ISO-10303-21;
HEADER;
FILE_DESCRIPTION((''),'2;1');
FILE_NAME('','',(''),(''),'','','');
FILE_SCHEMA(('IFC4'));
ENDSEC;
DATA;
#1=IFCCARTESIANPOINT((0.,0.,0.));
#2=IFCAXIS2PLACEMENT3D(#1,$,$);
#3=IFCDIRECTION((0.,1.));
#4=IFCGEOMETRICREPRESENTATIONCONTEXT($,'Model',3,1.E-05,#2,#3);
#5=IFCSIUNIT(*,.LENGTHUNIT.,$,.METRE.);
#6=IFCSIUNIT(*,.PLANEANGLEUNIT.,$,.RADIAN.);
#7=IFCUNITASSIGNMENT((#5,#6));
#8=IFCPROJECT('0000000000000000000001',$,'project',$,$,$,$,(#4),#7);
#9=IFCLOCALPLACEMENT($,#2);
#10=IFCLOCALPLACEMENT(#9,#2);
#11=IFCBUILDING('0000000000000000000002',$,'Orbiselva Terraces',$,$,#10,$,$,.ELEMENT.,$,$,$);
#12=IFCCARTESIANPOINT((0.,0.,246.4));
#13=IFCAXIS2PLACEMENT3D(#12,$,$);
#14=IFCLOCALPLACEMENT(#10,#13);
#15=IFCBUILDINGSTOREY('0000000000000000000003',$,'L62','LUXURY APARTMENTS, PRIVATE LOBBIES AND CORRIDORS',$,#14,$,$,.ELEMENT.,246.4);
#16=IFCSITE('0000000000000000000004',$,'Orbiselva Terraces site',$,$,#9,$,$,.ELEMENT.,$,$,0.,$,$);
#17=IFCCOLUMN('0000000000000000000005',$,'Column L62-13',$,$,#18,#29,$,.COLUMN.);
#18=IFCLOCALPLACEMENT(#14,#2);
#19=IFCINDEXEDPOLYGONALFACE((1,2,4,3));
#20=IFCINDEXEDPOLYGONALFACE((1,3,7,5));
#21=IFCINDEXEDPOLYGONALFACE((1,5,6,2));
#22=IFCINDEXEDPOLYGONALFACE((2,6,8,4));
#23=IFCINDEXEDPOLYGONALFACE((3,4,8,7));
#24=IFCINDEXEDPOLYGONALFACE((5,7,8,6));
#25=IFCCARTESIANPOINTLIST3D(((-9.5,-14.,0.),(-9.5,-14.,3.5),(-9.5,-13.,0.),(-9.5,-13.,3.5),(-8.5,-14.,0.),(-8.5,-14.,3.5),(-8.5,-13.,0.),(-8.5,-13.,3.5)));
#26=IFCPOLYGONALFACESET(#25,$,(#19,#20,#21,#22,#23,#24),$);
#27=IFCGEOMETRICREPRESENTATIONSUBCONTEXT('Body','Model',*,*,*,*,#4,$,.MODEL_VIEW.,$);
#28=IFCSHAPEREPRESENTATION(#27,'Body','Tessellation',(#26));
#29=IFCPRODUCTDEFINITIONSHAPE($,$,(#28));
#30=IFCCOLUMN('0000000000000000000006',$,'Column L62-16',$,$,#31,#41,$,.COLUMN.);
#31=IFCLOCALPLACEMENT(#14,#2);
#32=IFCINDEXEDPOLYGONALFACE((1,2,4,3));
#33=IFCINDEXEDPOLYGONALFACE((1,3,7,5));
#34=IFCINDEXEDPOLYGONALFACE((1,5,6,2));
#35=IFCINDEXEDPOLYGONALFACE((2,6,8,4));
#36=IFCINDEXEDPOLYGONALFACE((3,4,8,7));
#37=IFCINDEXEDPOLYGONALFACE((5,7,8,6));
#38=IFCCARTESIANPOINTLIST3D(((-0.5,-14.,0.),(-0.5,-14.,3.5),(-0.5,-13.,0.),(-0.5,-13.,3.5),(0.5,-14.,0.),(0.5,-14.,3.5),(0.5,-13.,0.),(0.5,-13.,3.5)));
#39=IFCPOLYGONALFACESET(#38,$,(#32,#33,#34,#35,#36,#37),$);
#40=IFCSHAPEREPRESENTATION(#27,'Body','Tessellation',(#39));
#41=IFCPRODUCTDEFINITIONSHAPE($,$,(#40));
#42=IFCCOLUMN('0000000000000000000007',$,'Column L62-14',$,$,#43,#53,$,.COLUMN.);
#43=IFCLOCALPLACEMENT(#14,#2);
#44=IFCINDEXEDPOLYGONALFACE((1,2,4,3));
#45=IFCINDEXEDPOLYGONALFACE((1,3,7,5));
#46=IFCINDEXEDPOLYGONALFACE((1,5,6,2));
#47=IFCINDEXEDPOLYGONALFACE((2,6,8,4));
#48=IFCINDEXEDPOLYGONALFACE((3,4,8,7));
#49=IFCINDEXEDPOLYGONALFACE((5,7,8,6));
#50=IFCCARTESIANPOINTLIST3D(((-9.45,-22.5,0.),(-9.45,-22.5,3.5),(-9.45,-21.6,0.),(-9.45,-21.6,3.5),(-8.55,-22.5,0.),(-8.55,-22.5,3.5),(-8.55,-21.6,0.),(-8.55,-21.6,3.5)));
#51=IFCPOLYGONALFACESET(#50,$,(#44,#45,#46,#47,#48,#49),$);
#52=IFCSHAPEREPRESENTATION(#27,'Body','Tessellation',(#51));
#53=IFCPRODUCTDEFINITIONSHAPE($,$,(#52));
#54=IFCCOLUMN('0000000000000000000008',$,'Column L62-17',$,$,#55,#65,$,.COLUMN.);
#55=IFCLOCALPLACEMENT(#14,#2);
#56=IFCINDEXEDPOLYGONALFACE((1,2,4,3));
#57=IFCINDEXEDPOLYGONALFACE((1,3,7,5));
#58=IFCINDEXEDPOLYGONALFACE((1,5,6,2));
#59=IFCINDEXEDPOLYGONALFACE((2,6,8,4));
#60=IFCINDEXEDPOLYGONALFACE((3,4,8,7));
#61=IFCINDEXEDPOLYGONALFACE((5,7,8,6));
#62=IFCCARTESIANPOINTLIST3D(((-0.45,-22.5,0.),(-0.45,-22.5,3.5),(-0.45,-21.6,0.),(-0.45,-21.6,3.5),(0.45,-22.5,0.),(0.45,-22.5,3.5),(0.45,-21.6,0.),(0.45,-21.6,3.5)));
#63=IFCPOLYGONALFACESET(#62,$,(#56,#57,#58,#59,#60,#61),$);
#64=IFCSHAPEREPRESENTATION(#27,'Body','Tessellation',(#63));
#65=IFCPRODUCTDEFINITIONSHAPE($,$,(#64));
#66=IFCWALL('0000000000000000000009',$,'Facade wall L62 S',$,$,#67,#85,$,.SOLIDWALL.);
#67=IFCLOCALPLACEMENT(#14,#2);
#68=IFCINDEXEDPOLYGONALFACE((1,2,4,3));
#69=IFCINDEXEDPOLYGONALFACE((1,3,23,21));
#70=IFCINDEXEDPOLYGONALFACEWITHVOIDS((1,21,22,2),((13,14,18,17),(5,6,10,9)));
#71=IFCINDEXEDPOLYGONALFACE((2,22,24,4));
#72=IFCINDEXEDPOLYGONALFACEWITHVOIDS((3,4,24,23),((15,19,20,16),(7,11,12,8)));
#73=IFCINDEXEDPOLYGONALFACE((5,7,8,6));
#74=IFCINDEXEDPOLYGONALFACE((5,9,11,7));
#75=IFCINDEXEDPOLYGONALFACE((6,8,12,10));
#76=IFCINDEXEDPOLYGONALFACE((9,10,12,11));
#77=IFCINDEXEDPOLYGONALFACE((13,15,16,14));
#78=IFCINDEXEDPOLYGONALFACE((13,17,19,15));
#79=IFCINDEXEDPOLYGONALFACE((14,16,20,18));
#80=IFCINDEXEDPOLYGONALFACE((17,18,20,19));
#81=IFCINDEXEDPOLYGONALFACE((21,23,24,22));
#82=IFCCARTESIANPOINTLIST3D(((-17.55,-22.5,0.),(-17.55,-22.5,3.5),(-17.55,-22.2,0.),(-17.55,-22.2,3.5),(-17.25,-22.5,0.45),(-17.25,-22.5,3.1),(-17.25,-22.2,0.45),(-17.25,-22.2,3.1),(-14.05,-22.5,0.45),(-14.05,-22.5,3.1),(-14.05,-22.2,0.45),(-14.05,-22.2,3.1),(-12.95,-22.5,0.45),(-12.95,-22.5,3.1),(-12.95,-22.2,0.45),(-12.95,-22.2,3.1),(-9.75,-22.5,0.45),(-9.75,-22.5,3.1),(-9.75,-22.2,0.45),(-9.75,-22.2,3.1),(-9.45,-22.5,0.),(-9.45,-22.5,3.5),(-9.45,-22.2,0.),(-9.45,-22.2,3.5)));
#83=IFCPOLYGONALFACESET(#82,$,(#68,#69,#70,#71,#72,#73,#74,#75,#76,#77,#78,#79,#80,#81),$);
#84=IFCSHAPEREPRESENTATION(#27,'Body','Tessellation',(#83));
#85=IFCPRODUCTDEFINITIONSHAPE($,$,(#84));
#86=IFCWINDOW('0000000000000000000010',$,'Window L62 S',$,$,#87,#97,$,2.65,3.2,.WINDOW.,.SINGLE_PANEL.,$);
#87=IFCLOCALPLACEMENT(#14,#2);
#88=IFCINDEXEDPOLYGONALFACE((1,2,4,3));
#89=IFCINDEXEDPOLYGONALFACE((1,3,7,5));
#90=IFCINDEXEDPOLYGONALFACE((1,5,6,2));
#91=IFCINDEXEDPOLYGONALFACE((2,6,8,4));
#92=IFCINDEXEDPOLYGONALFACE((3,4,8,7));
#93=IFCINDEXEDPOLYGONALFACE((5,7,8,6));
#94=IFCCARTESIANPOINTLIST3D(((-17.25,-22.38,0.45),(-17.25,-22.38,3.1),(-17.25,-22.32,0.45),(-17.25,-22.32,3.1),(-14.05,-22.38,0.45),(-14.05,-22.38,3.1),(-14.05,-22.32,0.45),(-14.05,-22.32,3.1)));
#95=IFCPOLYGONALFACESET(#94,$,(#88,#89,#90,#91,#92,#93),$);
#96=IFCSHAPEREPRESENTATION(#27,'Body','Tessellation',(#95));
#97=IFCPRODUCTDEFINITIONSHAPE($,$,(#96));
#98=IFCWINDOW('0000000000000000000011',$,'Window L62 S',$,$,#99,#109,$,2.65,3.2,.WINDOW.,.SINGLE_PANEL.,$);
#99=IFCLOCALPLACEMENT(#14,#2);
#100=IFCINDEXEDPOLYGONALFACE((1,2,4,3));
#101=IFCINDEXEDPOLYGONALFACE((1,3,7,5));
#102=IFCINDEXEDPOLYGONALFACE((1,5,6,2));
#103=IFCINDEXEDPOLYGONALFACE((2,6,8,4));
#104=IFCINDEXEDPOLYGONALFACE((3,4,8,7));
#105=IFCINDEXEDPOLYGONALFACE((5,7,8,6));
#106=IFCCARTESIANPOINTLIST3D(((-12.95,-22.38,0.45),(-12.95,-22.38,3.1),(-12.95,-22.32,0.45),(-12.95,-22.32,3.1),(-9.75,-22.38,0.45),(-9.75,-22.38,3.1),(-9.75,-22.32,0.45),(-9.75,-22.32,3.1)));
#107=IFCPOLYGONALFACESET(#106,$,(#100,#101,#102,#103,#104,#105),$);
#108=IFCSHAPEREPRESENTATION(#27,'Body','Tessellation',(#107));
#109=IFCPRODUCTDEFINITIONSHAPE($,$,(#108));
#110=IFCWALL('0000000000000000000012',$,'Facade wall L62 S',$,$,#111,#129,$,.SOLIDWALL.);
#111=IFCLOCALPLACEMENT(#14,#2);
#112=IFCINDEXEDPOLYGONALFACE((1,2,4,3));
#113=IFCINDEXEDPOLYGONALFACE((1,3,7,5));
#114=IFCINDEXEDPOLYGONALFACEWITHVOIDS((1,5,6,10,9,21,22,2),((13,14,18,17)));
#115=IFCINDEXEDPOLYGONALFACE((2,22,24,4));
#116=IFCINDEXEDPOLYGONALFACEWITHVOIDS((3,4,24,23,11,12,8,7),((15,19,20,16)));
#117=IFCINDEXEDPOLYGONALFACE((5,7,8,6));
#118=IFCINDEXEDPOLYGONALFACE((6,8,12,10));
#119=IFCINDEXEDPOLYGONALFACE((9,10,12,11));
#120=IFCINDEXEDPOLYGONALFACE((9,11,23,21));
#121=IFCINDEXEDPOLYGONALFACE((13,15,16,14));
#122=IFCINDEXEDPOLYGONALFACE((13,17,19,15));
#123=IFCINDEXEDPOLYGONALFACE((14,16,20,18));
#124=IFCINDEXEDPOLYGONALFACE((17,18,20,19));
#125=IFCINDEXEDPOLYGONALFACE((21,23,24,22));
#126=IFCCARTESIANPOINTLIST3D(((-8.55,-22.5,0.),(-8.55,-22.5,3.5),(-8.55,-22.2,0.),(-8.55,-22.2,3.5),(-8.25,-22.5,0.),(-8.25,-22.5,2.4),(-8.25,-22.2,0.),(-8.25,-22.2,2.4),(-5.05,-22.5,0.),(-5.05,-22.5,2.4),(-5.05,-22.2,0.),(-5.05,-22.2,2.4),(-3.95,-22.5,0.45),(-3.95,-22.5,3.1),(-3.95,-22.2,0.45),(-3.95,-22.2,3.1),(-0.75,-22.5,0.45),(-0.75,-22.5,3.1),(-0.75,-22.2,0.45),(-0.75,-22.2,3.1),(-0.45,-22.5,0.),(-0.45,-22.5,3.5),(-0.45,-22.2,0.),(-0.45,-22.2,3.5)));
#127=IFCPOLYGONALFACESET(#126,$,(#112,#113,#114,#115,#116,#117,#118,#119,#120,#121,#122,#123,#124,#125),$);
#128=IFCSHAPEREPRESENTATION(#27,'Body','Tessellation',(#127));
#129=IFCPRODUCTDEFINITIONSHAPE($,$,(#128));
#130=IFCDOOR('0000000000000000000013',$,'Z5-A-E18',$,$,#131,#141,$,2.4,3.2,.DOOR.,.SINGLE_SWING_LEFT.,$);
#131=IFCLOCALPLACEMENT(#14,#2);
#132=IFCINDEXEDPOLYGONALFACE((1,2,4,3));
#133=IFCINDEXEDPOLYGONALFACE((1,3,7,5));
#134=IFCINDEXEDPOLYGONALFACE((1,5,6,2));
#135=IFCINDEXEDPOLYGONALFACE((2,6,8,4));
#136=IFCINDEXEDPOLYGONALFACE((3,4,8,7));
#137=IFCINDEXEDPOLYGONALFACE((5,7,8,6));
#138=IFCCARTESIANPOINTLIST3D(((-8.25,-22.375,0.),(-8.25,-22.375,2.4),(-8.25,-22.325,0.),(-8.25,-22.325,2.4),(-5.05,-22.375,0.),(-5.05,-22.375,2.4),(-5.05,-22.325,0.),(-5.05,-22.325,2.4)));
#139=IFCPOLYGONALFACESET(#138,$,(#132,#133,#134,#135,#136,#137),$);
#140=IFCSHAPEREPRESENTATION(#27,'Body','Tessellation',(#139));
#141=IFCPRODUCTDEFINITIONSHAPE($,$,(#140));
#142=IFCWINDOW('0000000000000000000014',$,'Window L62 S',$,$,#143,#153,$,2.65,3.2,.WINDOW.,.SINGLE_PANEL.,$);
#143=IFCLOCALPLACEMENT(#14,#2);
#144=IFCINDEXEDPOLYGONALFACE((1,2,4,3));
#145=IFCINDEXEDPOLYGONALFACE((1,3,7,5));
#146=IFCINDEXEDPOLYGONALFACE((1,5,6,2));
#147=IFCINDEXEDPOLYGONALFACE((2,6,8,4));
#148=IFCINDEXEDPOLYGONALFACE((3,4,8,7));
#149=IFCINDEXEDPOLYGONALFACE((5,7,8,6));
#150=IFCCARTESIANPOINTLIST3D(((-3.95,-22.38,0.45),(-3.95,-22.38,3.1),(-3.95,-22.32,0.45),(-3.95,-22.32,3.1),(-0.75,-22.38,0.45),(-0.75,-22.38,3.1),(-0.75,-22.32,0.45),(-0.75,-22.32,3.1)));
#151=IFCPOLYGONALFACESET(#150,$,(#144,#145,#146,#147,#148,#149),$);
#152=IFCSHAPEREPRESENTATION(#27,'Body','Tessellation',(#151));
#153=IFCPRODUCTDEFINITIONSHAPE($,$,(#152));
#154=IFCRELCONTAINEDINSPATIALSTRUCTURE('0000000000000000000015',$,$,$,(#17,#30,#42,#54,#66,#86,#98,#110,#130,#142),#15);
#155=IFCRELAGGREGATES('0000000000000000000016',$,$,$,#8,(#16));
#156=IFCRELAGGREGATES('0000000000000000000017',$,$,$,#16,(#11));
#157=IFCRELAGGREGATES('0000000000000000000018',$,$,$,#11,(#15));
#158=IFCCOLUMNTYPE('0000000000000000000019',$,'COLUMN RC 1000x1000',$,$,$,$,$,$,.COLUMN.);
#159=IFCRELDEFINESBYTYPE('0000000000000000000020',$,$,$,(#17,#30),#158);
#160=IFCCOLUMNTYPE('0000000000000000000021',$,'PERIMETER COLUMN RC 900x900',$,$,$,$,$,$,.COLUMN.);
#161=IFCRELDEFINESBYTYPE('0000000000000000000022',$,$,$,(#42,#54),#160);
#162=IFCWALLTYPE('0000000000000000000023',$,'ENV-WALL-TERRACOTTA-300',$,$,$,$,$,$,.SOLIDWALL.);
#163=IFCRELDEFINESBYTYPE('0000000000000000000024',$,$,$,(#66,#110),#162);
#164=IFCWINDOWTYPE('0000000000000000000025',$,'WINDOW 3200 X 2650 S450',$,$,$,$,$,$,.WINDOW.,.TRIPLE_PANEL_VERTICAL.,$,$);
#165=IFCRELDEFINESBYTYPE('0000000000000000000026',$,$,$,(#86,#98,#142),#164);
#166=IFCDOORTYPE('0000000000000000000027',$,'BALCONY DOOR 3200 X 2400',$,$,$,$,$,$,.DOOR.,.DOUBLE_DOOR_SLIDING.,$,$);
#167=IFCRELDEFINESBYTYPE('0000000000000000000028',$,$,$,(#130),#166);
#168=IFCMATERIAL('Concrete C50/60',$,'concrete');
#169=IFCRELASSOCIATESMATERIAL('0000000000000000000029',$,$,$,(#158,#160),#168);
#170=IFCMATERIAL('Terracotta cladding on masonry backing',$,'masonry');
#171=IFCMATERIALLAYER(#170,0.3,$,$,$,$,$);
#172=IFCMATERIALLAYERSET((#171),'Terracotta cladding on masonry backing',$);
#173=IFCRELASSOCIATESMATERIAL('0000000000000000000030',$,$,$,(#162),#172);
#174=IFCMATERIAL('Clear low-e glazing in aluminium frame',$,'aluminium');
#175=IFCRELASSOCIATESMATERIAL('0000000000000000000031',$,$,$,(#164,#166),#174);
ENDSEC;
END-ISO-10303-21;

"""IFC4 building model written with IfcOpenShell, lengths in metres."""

from ifc_helpers import new_model, si_unit, direction, frame, frame_2d, origin, origin_2d, place, context, subcontext, project, spatial, rectangle, extrude, material, layer, layer_set, material_profile, profile_set, type_object, element, fill, save


model = new_model("IFC4")

# Units and contexts
model_context = context("Model", 3, precision=1e-05, world=origin(), true_north=direction((0.0, 1.0)))
body_context = subcontext(model_context, "Body", "Model", "MODEL_VIEW")
ifc_project = project(units=[si_unit("LENGTHUNIT", "METRE"), si_unit("PLANEANGLEUNIT", "RADIAN")], contexts=[model_context])

# Site, building, storey
site_placement = place(None, origin())
site = spatial("IfcSite", under=ifc_project, at=site_placement, Name="Orbiselva Terraces site", CompositionType="ELEMENT", RefElevation=0.0)
building_placement = place(site_placement, origin())
building = spatial("IfcBuilding", under=site, at=building_placement, Name="Orbiselva Terraces", CompositionType="ELEMENT")
storey_placement = place(building_placement, frame((0.0, 0.0, 246.4)))
storey = spatial("IfcBuildingStorey", under=building, at=storey_placement, Name="L62", Description="LUXURY APARTMENTS, PRIVATE LOBBIES AND CORRIDORS", CompositionType="ELEMENT", Elevation=246.4)

# Columns
ifc_material_1 = material(Name="Concrete C50/60", Category="concrete")
ifc_material_profile_1 = material_profile(ifc_material_1, rectangle(XDim=1.0, YDim=1.0, at=origin_2d()), Name="RC 1000x1000")
ifc_profile_set_1 = profile_set([ifc_material_profile_1], Name="Concrete C50/60")
column_type_1 = type_object("IfcColumnType", Name="COLUMN RC 1000x1000", PredefinedType="COLUMN", material=ifc_profile_set_1)
for number, where, z_axis, x_axis, name in (
    (1, (-9.0, -13.5, 0.0), (0.0, 0.0, 1.0), (1.0, 0.0, 0.0), "Column L62-13"),
    (2, (0.0, -13.5, 0.0), (0.0, 0.0, 1.0), (1.0, 0.0, 0.0), "Column L62-16"),
):
    element("IfcColumn", number, at=place(storey_placement, frame(where, z_axis=z_axis, x_axis=x_axis)), inside=storey, type_object=column_type_1, Name=name, PredefinedType="COLUMN", context=body_context, shape_type="SweptSolid", body=[
        extrude(rectangle(XDim=1.0, YDim=1.0, at=origin_2d()), origin(), (0.0, 0.0, 1.0), 3.5),
    ])
ifc_material_profile_2 = material_profile(ifc_material_1, rectangle(XDim=0.9, YDim=0.9, at=origin_2d()), Name="RC 900x900")
ifc_profile_set_2 = profile_set([ifc_material_profile_2], Name="Concrete C50/60")
column_type_2 = type_object("IfcColumnType", Name="PERIMETER COLUMN RC 900x900", PredefinedType="COLUMN", material=ifc_profile_set_2)
for number, where, z_axis, x_axis, name in (
    (3, (-9.0, -22.05, 0.0), (0.0, 0.0, 1.0), (1.0, 0.0, 0.0), "Column L62-14"),
    (4, (0.0, -22.05, 0.0), (0.0, 0.0, 1.0), (1.0, 0.0, 0.0), "Column L62-17"),
):
    element("IfcColumn", number, at=place(storey_placement, frame(where, z_axis=z_axis, x_axis=x_axis)), inside=storey, type_object=column_type_2, Name=name, PredefinedType="COLUMN", context=body_context, shape_type="SweptSolid", body=[
        extrude(rectangle(XDim=0.9, YDim=0.9, at=origin_2d()), origin(), (0.0, 0.0, 1.0), 3.5),
    ])

# Wall, openings, windows
ifc_material_2 = material(Name="Terracotta cladding on masonry backing", Category="masonry")
ifc_layer_1 = layer(ifc_material_2, 0.3)
ifc_layer_set_1 = layer_set([ifc_layer_1], Name="Terracotta cladding on masonry backing")
wall_type_1 = type_object("IfcWallType", Name="ENV-WALL-TERRACOTTA-300", PredefinedType="SOLIDWALL", material=ifc_layer_set_1)
wall_1_placement = place(storey_placement, frame((-9.45, -22.35, 0.0), z_axis=(0.0, 0.0, 1.0), x_axis=(-1.0, 0.0, 0.0)))
wall_1 = element("IfcWall", 5, at=wall_1_placement, inside=storey, type_object=wall_type_1, Name="Facade wall L62 S", PredefinedType="SOLIDWALL", context=body_context, shape_type="SweptSolid", body=[
    extrude(rectangle(XDim=8.1, YDim=0.3, at=frame_2d((4.05, 0.0))), origin(), (0.0, 0.0, 1.0), 3.5),
])
opening_1_placement = place(wall_1_placement, frame((4.6, 0.0, 0.45)))
opening_1 = element("IfcOpeningElement", 6, at=opening_1_placement, cuts=wall_1, PredefinedType="OPENING", context=body_context, shape_type="SweptSolid", body=[
    extrude(rectangle(XDim=3.2, YDim=2.65, at=frame_2d((1.6, 1.325))), frame((0.0, 0.16, 0.0), z_axis=(0.0, -1.0, 0.0), x_axis=(1.0, 0.0, 0.0)), (0.0, 0.0, 1.0), 0.32),
])
opening_2_placement = place(wall_1_placement, frame((0.3, 0.0, 0.45)))
opening_2 = element("IfcOpeningElement", 7, at=opening_2_placement, cuts=wall_1, PredefinedType="OPENING", context=body_context, shape_type="SweptSolid", body=[
    extrude(rectangle(XDim=3.2, YDim=2.65, at=frame_2d((1.6, 1.325))), frame((0.0, 0.16, 0.0), z_axis=(0.0, -1.0, 0.0), x_axis=(1.0, 0.0, 0.0)), (0.0, 0.0, 1.0), 0.32),
])
ifc_material_3 = material(Name="Clear low-e glazing in aluminium frame", Category="aluminium")
window_type = type_object("IfcWindowType", Name="WINDOW 3200 X 2650 S450", PartitioningType="TRIPLE_PANEL_VERTICAL", PredefinedType="WINDOW", material=ifc_material_3)
window_1_placement = place(opening_1_placement, origin())
window_1 = element("IfcWindow", 8, at=window_1_placement, inside=storey, type_object=window_type, Name="Window L62 S", OverallHeight=2.65, OverallWidth=3.2, PartitioningType="SINGLE_PANEL", PredefinedType="WINDOW", context=body_context, shape_type="SweptSolid", body=[
    extrude(rectangle(XDim=3.2, YDim=2.65, at=frame_2d((1.6, 1.325))), frame((0.0, 0.03, 0.0), z_axis=(0.0, -1.0, 0.0), x_axis=(1.0, 0.0, 0.0)), (0.0, 0.0, 1.0), 0.06),
])
fill(opening_1, window_1)
window_2_placement = place(opening_2_placement, origin())
window_2 = element("IfcWindow", 9, at=window_2_placement, inside=storey, type_object=window_type, Name="Window L62 S", OverallHeight=2.65, OverallWidth=3.2, PartitioningType="SINGLE_PANEL", PredefinedType="WINDOW", context=body_context, shape_type="SweptSolid", body=[
    extrude(rectangle(XDim=3.2, YDim=2.65, at=frame_2d((1.6, 1.325))), frame((0.0, 0.03, 0.0), z_axis=(0.0, -1.0, 0.0), x_axis=(1.0, 0.0, 0.0)), (0.0, 0.0, 1.0), 0.06),
])
fill(opening_2, window_2)

# Wall, openings, door, window
wall_2_placement = place(storey_placement, frame((-0.45, -22.35, 0.0), z_axis=(0.0, 0.0, 1.0), x_axis=(-1.0, 0.0, 0.0)))
wall_2 = element("IfcWall", 10, at=wall_2_placement, inside=storey, type_object=wall_type_1, Name="Facade wall L62 S", PredefinedType="SOLIDWALL", context=body_context, shape_type="SweptSolid", body=[
    extrude(rectangle(XDim=8.1, YDim=0.3, at=frame_2d((4.05, 0.0))), origin(), (0.0, 0.0, 1.0), 3.5),
])
opening_3_placement = place(wall_2_placement, frame((4.6, 0.0, 0.0)))
opening_3 = element("IfcOpeningElement", 11, at=opening_3_placement, cuts=wall_2, PredefinedType="OPENING", context=body_context, shape_type="SweptSolid", body=[
    extrude(rectangle(XDim=3.2, YDim=2.4, at=frame_2d((1.6, 1.2))), frame((0.0, 0.16, 0.0), z_axis=(0.0, -1.0, 0.0), x_axis=(1.0, 0.0, 0.0)), (0.0, 0.0, 1.0), 0.32),
])
opening_4_placement = place(wall_2_placement, frame((0.3, 0.0, 0.45)))
opening_4 = element("IfcOpeningElement", 12, at=opening_4_placement, cuts=wall_2, PredefinedType="OPENING", context=body_context, shape_type="SweptSolid", body=[
    extrude(rectangle(XDim=3.2, YDim=2.65, at=frame_2d((1.6, 1.325))), frame((0.0, 0.16, 0.0), z_axis=(0.0, -1.0, 0.0), x_axis=(1.0, 0.0, 0.0)), (0.0, 0.0, 1.0), 0.32),
])
door_type_1 = type_object("IfcDoorType", Name="BALCONY DOOR 3200 X 2400", OperationType="DOUBLE_DOOR_SLIDING", PredefinedType="DOOR", material=ifc_material_3)
door_1_placement = place(opening_3_placement, origin())
door_1 = element("IfcDoor", 13, at=door_1_placement, inside=storey, type_object=door_type_1, Name="Z5-A-E18", OperationType="SINGLE_SWING_LEFT", OverallHeight=2.4, OverallWidth=3.2, PredefinedType="DOOR", context=body_context, shape_type="SweptSolid", body=[
    extrude(rectangle(XDim=3.2, YDim=2.4, at=frame_2d((1.6, 1.2))), frame((0.0, 0.025, 0.0), z_axis=(0.0, -1.0, 0.0), x_axis=(1.0, 0.0, 0.0)), (0.0, 0.0, 1.0), 0.05),
])
fill(opening_3, door_1)
window_3_placement = place(opening_4_placement, origin())
window_3 = element("IfcWindow", 14, at=window_3_placement, inside=storey, type_object=window_type, Name="Window L62 S", OverallHeight=2.65, OverallWidth=3.2, PartitioningType="SINGLE_PANEL", PredefinedType="WINDOW", context=body_context, shape_type="SweptSolid", body=[
    extrude(rectangle(XDim=3.2, YDim=2.65, at=frame_2d((1.6, 1.325))), frame((0.0, 0.03, 0.0), z_axis=(0.0, -1.0, 0.0), x_axis=(1.0, 0.0, 0.0)), (0.0, 0.0, 1.0), 0.06),
])
fill(opening_4, window_3)

save(model, "model.ifc")
